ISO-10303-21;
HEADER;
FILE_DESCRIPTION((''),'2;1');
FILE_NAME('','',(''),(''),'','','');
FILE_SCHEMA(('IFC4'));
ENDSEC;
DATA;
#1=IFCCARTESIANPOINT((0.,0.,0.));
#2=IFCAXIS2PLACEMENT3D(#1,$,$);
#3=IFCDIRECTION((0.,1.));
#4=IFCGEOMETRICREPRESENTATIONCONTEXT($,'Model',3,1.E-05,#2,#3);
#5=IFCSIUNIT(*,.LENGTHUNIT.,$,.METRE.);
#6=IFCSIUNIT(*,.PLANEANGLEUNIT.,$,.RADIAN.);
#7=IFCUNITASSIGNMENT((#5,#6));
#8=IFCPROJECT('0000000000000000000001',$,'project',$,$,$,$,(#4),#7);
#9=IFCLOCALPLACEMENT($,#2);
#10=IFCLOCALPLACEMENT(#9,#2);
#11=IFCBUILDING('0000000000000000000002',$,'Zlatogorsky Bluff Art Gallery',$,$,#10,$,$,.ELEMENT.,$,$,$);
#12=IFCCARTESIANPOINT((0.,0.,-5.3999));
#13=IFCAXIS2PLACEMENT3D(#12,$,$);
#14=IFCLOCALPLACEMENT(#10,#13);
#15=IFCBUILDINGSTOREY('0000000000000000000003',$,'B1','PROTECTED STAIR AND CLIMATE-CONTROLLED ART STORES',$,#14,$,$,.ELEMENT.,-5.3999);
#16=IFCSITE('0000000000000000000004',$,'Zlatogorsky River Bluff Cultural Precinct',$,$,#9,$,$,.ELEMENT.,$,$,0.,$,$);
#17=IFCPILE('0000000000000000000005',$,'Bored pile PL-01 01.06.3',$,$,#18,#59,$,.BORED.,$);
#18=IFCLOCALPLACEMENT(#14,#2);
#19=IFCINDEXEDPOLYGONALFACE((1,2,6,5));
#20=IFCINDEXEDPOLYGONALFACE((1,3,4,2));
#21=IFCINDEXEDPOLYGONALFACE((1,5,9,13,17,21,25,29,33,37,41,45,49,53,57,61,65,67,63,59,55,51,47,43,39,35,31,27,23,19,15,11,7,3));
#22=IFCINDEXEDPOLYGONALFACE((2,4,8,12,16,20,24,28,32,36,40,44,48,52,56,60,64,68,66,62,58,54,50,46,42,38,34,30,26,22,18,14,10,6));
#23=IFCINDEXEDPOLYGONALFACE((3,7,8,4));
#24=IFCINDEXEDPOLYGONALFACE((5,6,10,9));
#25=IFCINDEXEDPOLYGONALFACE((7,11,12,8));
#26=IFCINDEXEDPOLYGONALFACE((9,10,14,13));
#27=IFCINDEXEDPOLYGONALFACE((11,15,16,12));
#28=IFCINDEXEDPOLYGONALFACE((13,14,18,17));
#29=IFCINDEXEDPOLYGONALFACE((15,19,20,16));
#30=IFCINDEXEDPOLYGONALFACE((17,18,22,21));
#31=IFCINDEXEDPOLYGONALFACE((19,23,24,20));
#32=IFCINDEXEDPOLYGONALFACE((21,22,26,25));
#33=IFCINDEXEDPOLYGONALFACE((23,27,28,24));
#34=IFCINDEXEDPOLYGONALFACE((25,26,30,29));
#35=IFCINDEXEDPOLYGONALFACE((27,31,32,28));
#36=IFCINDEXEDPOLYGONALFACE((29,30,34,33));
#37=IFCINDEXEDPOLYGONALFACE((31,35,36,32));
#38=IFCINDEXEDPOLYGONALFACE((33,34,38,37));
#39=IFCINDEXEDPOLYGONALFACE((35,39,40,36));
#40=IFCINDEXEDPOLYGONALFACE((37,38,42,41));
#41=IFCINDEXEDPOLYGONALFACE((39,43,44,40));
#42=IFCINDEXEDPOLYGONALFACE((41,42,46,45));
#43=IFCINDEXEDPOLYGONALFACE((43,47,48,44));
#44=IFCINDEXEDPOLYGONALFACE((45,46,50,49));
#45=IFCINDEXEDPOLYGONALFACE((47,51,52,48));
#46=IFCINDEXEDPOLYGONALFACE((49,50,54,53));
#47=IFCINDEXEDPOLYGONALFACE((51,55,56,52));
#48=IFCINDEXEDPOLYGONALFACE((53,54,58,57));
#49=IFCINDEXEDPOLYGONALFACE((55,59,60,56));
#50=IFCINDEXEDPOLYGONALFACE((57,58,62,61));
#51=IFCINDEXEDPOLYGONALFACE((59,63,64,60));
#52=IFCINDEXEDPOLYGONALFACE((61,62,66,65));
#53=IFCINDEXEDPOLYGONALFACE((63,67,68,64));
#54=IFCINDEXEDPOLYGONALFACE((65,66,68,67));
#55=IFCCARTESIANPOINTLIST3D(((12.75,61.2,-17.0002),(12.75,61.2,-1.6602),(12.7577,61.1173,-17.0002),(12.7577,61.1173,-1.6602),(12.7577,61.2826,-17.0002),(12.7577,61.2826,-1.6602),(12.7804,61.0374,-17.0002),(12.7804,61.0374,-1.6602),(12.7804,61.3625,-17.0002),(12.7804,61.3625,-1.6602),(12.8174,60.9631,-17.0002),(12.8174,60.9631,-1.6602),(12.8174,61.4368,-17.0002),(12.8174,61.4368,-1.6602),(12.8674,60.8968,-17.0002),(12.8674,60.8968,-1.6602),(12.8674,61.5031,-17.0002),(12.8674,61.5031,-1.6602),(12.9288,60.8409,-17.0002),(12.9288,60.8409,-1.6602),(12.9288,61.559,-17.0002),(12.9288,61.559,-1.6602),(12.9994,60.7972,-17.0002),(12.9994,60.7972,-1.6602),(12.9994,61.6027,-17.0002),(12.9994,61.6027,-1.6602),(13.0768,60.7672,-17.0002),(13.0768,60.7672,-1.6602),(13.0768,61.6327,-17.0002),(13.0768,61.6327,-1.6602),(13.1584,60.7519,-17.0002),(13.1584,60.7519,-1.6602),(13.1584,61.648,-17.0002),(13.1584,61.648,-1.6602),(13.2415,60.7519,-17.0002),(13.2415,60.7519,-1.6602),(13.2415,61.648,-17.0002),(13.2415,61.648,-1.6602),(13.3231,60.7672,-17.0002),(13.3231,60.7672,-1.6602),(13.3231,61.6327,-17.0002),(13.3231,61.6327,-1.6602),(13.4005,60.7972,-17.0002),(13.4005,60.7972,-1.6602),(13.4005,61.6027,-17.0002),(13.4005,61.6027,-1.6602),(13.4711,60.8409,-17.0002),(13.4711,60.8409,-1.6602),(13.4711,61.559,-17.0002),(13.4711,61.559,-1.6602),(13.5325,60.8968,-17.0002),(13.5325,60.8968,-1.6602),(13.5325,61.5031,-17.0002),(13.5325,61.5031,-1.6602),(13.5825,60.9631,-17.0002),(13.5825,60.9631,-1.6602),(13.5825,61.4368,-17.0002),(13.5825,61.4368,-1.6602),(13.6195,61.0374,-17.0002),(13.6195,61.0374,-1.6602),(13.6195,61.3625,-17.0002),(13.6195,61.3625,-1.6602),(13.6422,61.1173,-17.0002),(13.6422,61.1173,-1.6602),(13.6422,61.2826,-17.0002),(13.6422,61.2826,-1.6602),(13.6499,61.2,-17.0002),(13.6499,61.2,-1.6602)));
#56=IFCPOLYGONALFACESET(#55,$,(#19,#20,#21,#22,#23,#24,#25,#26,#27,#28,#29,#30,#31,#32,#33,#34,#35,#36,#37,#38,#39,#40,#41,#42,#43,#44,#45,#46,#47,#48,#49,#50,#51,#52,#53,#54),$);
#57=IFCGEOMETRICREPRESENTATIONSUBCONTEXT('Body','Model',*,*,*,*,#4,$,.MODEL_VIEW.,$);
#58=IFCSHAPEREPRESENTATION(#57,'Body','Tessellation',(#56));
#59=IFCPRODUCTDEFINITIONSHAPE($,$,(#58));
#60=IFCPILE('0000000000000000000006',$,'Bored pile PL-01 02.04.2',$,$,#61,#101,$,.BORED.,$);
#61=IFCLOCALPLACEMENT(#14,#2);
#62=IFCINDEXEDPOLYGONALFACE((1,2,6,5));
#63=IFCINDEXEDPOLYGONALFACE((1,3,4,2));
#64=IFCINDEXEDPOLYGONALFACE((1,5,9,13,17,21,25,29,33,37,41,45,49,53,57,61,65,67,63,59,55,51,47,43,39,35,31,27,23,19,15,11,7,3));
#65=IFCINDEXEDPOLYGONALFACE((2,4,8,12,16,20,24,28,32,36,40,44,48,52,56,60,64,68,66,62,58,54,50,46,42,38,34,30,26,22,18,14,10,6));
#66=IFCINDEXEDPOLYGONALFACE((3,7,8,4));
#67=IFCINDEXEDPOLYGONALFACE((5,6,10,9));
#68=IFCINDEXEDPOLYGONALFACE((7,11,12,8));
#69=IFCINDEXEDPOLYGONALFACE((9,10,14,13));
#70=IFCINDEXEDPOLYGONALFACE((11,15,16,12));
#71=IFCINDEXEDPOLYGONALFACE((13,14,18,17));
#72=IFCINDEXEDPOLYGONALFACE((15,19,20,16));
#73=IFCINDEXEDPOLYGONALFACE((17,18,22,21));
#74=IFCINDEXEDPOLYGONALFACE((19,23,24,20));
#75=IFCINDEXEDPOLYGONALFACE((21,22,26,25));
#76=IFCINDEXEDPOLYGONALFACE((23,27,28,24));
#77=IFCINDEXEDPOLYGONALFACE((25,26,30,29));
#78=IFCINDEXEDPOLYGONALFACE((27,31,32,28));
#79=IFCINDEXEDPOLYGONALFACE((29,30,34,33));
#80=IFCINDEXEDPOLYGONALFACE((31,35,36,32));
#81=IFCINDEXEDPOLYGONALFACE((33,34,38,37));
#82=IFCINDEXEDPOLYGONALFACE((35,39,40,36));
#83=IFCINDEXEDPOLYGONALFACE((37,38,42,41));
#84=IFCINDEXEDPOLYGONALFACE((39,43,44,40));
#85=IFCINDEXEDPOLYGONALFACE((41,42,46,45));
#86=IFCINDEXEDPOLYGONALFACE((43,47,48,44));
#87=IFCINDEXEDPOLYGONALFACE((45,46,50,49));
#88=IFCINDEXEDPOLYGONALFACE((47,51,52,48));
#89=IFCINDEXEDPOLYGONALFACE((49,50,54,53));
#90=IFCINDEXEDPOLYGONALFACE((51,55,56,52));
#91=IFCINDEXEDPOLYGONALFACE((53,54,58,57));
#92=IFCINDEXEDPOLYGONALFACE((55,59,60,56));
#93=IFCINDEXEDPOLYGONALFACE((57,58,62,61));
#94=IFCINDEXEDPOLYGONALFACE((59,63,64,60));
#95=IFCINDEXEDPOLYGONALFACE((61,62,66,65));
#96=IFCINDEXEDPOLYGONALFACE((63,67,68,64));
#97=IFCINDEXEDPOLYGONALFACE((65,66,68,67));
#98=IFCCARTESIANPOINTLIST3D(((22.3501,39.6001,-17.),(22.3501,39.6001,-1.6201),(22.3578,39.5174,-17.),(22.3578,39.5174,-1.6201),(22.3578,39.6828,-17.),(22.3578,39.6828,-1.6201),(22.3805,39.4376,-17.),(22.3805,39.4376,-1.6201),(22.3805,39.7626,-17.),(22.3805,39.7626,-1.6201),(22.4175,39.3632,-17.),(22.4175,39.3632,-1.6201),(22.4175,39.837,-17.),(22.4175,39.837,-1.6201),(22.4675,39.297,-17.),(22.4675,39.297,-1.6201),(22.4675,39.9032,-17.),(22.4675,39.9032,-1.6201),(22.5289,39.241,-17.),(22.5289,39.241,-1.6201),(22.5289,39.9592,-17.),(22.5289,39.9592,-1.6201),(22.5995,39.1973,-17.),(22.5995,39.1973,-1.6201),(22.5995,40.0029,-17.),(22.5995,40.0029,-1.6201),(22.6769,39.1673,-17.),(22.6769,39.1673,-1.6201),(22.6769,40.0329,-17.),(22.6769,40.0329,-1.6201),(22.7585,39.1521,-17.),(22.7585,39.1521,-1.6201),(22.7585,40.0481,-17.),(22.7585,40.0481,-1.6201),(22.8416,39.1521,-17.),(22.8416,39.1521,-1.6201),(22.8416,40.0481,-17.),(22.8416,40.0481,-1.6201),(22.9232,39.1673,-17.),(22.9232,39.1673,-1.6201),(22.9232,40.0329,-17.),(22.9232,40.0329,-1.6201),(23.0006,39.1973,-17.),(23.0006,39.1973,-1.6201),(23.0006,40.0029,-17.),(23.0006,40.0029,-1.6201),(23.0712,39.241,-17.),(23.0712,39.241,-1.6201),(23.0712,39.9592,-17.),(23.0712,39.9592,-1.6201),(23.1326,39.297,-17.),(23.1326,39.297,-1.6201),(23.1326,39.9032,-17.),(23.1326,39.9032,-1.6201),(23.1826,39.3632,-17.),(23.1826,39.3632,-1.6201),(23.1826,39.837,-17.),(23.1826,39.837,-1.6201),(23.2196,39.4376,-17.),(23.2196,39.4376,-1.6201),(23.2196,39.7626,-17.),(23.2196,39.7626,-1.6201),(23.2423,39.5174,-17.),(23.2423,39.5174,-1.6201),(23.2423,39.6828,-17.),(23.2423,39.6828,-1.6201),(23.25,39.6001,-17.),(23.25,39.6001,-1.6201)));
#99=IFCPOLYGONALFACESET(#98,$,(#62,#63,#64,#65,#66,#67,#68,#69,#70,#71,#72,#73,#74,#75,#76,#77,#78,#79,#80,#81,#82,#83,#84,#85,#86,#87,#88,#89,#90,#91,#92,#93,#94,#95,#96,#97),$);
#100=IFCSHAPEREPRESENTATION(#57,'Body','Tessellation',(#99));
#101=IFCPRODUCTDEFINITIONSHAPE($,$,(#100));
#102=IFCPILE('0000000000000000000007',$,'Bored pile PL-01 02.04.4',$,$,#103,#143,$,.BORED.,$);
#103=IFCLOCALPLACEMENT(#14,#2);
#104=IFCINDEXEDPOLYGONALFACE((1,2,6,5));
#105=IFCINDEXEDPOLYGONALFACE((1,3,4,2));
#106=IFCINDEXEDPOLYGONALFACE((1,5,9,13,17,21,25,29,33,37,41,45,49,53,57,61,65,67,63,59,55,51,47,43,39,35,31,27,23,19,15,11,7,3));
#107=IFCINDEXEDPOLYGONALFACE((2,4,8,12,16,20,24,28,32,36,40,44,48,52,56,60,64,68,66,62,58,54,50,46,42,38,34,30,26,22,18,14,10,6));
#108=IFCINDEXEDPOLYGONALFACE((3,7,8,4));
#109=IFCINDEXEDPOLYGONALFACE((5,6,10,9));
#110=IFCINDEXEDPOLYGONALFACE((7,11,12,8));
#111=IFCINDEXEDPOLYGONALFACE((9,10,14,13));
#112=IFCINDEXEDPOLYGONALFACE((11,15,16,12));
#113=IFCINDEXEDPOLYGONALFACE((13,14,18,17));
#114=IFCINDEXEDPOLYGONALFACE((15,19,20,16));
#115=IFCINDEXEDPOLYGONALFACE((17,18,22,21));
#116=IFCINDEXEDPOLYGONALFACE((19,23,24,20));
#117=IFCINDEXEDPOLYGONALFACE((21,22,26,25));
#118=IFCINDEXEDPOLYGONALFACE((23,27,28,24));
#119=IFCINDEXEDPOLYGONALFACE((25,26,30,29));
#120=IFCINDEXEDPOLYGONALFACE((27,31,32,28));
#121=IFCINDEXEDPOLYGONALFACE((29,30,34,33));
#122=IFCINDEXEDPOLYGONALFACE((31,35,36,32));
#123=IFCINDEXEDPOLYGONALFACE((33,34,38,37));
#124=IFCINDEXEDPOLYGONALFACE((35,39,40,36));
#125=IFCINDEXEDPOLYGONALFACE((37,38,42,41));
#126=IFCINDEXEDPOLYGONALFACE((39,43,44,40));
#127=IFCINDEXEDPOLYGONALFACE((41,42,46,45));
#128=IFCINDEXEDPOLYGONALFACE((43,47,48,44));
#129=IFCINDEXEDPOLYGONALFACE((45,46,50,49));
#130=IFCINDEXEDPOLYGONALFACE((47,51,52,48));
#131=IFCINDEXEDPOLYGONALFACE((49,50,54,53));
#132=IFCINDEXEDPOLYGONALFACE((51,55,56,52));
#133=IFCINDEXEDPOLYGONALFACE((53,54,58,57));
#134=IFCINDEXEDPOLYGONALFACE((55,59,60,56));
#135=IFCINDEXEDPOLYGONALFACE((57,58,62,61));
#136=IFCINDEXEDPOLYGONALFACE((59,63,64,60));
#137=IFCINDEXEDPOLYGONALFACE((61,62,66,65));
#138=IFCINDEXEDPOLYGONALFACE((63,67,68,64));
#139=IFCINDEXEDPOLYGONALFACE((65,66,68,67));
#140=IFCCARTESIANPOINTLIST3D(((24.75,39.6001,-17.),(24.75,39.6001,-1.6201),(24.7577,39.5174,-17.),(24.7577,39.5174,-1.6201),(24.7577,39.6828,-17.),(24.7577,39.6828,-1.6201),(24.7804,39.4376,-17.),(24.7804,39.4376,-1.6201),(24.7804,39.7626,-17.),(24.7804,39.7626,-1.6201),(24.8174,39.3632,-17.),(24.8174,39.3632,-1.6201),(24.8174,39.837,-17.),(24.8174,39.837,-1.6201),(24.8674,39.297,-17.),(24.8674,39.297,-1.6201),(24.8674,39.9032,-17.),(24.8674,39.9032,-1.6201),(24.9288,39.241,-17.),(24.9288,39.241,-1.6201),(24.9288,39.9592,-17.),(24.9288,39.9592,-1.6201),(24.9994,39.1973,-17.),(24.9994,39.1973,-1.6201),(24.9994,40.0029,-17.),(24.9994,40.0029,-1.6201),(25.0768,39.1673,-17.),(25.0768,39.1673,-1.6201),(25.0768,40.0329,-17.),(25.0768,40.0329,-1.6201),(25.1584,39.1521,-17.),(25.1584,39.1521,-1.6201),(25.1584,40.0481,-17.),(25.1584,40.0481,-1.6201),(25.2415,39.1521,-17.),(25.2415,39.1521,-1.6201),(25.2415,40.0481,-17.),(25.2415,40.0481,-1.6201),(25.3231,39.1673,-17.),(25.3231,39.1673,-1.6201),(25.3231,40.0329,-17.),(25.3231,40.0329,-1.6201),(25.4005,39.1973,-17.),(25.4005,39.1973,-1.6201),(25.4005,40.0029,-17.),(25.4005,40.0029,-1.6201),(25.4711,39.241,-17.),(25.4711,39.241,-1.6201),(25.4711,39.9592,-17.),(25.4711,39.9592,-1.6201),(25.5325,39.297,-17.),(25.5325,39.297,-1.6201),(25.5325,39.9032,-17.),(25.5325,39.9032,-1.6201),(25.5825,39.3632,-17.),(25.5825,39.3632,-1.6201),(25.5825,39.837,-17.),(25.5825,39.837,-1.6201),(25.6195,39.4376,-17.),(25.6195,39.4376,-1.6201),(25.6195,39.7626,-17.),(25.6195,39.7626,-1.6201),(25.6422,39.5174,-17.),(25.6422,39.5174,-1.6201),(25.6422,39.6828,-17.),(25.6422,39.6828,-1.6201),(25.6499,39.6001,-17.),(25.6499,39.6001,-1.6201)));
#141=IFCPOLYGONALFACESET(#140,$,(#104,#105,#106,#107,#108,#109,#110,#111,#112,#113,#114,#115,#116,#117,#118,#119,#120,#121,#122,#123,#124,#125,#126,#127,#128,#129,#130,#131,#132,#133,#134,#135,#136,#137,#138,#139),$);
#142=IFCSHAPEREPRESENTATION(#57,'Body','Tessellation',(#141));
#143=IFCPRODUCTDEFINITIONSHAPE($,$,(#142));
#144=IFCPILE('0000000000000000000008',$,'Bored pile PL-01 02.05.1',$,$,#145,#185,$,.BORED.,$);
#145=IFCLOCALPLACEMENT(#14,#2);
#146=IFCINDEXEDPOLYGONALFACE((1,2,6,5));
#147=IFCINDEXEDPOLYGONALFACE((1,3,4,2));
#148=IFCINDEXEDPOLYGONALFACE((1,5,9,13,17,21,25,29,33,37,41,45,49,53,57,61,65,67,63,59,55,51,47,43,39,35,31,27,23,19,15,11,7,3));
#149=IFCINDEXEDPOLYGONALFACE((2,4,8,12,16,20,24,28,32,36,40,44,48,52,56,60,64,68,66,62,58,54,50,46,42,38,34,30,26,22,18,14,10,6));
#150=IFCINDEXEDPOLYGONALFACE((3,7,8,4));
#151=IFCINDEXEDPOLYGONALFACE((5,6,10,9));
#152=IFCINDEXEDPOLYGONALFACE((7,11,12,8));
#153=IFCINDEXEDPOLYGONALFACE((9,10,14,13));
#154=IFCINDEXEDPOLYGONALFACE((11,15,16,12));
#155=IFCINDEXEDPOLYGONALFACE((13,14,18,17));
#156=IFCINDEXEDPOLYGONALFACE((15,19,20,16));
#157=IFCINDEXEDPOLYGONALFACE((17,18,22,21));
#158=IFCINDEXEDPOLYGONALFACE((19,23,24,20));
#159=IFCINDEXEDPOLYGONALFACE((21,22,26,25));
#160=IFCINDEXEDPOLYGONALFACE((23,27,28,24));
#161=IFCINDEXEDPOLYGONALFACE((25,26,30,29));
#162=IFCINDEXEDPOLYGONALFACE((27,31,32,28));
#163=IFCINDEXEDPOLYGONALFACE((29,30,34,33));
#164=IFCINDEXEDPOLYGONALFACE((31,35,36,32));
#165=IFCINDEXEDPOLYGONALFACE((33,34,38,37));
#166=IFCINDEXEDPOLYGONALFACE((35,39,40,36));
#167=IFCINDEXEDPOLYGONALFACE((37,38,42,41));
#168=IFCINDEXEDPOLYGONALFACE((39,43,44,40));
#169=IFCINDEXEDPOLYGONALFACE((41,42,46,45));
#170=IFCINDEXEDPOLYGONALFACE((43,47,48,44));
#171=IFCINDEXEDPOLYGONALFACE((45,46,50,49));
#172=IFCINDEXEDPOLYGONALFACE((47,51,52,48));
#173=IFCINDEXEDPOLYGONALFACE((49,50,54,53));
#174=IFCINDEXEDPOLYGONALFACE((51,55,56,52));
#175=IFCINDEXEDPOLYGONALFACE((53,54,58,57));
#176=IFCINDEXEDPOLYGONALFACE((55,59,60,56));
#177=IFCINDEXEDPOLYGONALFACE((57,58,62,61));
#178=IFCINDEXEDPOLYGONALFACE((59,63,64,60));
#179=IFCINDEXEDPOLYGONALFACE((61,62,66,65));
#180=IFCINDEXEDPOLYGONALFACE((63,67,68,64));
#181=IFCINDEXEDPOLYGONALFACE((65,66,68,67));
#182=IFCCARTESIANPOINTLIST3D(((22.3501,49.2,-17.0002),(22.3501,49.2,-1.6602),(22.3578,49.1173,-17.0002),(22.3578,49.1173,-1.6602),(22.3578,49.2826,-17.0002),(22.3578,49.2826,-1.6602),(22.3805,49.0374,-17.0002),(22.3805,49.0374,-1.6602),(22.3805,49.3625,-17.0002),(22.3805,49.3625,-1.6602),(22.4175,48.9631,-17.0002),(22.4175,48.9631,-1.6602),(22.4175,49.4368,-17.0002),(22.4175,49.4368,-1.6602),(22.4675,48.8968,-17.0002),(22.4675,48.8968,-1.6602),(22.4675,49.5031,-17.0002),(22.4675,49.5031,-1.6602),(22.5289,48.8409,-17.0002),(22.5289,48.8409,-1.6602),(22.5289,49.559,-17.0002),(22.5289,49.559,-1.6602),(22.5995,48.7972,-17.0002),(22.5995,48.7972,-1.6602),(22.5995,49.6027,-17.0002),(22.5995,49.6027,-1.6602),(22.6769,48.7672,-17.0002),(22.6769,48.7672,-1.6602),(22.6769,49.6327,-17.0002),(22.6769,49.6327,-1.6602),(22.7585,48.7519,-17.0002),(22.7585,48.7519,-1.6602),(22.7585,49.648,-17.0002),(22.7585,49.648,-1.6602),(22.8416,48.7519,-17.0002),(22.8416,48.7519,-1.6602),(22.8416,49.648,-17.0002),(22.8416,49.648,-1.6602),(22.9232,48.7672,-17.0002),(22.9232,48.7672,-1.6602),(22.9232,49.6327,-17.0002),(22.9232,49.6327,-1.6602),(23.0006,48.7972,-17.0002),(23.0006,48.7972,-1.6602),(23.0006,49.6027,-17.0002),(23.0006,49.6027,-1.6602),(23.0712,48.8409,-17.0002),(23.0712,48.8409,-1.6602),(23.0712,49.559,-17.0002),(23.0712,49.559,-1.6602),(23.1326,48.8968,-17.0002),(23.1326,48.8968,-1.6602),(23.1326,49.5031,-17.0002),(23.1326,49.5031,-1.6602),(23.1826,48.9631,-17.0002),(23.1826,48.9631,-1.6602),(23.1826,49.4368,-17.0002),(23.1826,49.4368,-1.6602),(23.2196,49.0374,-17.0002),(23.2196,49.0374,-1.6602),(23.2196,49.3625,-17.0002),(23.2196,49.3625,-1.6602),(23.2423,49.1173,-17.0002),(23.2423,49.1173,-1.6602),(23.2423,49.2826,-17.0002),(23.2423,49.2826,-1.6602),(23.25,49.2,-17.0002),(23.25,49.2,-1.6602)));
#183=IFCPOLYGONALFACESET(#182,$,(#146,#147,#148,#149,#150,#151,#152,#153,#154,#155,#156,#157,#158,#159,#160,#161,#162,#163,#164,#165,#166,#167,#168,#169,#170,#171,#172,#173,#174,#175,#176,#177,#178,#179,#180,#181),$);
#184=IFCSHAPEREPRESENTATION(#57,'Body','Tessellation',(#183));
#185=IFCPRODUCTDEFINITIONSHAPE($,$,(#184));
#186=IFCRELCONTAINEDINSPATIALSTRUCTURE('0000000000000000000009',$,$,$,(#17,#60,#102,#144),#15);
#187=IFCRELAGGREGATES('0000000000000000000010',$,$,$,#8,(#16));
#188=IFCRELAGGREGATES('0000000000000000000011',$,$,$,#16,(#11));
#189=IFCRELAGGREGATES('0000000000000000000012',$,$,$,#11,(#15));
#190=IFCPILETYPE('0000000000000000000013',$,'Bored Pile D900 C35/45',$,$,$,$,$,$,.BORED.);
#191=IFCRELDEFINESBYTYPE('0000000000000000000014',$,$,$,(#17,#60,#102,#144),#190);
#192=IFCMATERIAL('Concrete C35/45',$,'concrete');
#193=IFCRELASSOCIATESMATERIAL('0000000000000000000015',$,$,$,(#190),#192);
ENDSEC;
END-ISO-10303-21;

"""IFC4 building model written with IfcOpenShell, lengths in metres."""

from ifc_helpers import new_model, si_unit, direction, frame, origin, origin_2d, place, context, subcontext, project, spatial, circle, extrude, material, material_profile, profile_set, type_object, element, save


model = new_model("IFC4")

# Units and contexts
model_context = context("Model", 3, precision=1e-05, world=origin(), true_north=direction((0.0, 1.0)))
body_context = subcontext(model_context, "Body", "Model", "MODEL_VIEW")
ifc_project = project(units=[si_unit("LENGTHUNIT", "METRE"), si_unit("PLANEANGLEUNIT", "RADIAN")], contexts=[model_context])

# Site, building, storey
site_placement = place(None, origin())
site = spatial("IfcSite", under=ifc_project, at=site_placement, Name="Zlatogorsky River Bluff Cultural Precinct", CompositionType="ELEMENT", RefElevation=0.0)
building_placement = place(site_placement, origin())
building = spatial("IfcBuilding", under=site, at=building_placement, Name="Zlatogorsky Bluff Art Gallery", CompositionType="ELEMENT")
storey_placement = place(building_placement, frame((0.0, 0.0, -5.3999)))
storey = spatial("IfcBuildingStorey", under=building, at=storey_placement, Name="B1", Description="PROTECTED STAIR AND CLIMATE-CONTROLLED ART STORES", CompositionType="ELEMENT", Elevation=-5.3999)

# Piles
ifc_material_1 = material(Name="Concrete C35/45", Category="concrete")
ifc_material_profile_1 = material_profile(ifc_material_1, circle(Radius=0.45, at=origin_2d()), Name="BORED PILE D900")
ifc_profile_set_1 = profile_set([ifc_material_profile_1], Name="Concrete C35/45")
pile_type = type_object("IfcPileType", Name="Bored Pile D900 C35/45", PredefinedType="BORED", material=ifc_profile_set_1)
pile_placement = place(storey_placement, frame((13.2, 61.2, -1.6602), z_axis=(0.0, 0.0, -1.0), x_axis=(1.0, 0.0, 0.0)))
element("IfcPile", 1, at=pile_placement, inside=storey, type_object=pile_type, Name="Bored pile PL-01 01.06.3", PredefinedType="BORED", context=body_context, shape_type="SweptSolid", body=[
    extrude(circle(Radius=0.45, at=origin_2d()), origin(), (0.0, 0.0, 1.0), 15.3401),
])
for number, where, z_axis, x_axis, name in (
    (2, (22.8, 39.6001, -1.6201), (0.0, 0.0, -1.0), (1.0, 0.0, 0.0), "Bored pile PL-01 02.04.2"),
    (3, (25.2, 39.6001, -1.6201), (0.0, 0.0, -1.0), (1.0, 0.0, 0.0), "Bored pile PL-01 02.04.4"),
):
    element("IfcPile", number, at=place(storey_placement, frame(where, z_axis=z_axis, x_axis=x_axis)), inside=storey, type_object=pile_type, Name=name, PredefinedType="BORED", context=body_context, shape_type="SweptSolid", body=[
        extrude(circle(Radius=0.45, at=origin_2d()), origin(), (0.0, 0.0, 1.0), 15.3799),
    ])
for number, where, z_axis, x_axis, name in (
    (4, (22.8, 49.2, -1.6602), (0.0, 0.0, -1.0), (1.0, 0.0, 0.0), "Bored pile PL-01 02.05.1"),
):
    element("IfcPile", number, at=place(storey_placement, frame(where, z_axis=z_axis, x_axis=x_axis)), inside=storey, type_object=pile_type, Name=name, PredefinedType="BORED", context=body_context, shape_type="SweptSolid", body=[
        extrude(circle(Radius=0.45, at=origin_2d()), origin(), (0.0, 0.0, 1.0), 15.3401),
    ])

save(model, "model.ifc")
